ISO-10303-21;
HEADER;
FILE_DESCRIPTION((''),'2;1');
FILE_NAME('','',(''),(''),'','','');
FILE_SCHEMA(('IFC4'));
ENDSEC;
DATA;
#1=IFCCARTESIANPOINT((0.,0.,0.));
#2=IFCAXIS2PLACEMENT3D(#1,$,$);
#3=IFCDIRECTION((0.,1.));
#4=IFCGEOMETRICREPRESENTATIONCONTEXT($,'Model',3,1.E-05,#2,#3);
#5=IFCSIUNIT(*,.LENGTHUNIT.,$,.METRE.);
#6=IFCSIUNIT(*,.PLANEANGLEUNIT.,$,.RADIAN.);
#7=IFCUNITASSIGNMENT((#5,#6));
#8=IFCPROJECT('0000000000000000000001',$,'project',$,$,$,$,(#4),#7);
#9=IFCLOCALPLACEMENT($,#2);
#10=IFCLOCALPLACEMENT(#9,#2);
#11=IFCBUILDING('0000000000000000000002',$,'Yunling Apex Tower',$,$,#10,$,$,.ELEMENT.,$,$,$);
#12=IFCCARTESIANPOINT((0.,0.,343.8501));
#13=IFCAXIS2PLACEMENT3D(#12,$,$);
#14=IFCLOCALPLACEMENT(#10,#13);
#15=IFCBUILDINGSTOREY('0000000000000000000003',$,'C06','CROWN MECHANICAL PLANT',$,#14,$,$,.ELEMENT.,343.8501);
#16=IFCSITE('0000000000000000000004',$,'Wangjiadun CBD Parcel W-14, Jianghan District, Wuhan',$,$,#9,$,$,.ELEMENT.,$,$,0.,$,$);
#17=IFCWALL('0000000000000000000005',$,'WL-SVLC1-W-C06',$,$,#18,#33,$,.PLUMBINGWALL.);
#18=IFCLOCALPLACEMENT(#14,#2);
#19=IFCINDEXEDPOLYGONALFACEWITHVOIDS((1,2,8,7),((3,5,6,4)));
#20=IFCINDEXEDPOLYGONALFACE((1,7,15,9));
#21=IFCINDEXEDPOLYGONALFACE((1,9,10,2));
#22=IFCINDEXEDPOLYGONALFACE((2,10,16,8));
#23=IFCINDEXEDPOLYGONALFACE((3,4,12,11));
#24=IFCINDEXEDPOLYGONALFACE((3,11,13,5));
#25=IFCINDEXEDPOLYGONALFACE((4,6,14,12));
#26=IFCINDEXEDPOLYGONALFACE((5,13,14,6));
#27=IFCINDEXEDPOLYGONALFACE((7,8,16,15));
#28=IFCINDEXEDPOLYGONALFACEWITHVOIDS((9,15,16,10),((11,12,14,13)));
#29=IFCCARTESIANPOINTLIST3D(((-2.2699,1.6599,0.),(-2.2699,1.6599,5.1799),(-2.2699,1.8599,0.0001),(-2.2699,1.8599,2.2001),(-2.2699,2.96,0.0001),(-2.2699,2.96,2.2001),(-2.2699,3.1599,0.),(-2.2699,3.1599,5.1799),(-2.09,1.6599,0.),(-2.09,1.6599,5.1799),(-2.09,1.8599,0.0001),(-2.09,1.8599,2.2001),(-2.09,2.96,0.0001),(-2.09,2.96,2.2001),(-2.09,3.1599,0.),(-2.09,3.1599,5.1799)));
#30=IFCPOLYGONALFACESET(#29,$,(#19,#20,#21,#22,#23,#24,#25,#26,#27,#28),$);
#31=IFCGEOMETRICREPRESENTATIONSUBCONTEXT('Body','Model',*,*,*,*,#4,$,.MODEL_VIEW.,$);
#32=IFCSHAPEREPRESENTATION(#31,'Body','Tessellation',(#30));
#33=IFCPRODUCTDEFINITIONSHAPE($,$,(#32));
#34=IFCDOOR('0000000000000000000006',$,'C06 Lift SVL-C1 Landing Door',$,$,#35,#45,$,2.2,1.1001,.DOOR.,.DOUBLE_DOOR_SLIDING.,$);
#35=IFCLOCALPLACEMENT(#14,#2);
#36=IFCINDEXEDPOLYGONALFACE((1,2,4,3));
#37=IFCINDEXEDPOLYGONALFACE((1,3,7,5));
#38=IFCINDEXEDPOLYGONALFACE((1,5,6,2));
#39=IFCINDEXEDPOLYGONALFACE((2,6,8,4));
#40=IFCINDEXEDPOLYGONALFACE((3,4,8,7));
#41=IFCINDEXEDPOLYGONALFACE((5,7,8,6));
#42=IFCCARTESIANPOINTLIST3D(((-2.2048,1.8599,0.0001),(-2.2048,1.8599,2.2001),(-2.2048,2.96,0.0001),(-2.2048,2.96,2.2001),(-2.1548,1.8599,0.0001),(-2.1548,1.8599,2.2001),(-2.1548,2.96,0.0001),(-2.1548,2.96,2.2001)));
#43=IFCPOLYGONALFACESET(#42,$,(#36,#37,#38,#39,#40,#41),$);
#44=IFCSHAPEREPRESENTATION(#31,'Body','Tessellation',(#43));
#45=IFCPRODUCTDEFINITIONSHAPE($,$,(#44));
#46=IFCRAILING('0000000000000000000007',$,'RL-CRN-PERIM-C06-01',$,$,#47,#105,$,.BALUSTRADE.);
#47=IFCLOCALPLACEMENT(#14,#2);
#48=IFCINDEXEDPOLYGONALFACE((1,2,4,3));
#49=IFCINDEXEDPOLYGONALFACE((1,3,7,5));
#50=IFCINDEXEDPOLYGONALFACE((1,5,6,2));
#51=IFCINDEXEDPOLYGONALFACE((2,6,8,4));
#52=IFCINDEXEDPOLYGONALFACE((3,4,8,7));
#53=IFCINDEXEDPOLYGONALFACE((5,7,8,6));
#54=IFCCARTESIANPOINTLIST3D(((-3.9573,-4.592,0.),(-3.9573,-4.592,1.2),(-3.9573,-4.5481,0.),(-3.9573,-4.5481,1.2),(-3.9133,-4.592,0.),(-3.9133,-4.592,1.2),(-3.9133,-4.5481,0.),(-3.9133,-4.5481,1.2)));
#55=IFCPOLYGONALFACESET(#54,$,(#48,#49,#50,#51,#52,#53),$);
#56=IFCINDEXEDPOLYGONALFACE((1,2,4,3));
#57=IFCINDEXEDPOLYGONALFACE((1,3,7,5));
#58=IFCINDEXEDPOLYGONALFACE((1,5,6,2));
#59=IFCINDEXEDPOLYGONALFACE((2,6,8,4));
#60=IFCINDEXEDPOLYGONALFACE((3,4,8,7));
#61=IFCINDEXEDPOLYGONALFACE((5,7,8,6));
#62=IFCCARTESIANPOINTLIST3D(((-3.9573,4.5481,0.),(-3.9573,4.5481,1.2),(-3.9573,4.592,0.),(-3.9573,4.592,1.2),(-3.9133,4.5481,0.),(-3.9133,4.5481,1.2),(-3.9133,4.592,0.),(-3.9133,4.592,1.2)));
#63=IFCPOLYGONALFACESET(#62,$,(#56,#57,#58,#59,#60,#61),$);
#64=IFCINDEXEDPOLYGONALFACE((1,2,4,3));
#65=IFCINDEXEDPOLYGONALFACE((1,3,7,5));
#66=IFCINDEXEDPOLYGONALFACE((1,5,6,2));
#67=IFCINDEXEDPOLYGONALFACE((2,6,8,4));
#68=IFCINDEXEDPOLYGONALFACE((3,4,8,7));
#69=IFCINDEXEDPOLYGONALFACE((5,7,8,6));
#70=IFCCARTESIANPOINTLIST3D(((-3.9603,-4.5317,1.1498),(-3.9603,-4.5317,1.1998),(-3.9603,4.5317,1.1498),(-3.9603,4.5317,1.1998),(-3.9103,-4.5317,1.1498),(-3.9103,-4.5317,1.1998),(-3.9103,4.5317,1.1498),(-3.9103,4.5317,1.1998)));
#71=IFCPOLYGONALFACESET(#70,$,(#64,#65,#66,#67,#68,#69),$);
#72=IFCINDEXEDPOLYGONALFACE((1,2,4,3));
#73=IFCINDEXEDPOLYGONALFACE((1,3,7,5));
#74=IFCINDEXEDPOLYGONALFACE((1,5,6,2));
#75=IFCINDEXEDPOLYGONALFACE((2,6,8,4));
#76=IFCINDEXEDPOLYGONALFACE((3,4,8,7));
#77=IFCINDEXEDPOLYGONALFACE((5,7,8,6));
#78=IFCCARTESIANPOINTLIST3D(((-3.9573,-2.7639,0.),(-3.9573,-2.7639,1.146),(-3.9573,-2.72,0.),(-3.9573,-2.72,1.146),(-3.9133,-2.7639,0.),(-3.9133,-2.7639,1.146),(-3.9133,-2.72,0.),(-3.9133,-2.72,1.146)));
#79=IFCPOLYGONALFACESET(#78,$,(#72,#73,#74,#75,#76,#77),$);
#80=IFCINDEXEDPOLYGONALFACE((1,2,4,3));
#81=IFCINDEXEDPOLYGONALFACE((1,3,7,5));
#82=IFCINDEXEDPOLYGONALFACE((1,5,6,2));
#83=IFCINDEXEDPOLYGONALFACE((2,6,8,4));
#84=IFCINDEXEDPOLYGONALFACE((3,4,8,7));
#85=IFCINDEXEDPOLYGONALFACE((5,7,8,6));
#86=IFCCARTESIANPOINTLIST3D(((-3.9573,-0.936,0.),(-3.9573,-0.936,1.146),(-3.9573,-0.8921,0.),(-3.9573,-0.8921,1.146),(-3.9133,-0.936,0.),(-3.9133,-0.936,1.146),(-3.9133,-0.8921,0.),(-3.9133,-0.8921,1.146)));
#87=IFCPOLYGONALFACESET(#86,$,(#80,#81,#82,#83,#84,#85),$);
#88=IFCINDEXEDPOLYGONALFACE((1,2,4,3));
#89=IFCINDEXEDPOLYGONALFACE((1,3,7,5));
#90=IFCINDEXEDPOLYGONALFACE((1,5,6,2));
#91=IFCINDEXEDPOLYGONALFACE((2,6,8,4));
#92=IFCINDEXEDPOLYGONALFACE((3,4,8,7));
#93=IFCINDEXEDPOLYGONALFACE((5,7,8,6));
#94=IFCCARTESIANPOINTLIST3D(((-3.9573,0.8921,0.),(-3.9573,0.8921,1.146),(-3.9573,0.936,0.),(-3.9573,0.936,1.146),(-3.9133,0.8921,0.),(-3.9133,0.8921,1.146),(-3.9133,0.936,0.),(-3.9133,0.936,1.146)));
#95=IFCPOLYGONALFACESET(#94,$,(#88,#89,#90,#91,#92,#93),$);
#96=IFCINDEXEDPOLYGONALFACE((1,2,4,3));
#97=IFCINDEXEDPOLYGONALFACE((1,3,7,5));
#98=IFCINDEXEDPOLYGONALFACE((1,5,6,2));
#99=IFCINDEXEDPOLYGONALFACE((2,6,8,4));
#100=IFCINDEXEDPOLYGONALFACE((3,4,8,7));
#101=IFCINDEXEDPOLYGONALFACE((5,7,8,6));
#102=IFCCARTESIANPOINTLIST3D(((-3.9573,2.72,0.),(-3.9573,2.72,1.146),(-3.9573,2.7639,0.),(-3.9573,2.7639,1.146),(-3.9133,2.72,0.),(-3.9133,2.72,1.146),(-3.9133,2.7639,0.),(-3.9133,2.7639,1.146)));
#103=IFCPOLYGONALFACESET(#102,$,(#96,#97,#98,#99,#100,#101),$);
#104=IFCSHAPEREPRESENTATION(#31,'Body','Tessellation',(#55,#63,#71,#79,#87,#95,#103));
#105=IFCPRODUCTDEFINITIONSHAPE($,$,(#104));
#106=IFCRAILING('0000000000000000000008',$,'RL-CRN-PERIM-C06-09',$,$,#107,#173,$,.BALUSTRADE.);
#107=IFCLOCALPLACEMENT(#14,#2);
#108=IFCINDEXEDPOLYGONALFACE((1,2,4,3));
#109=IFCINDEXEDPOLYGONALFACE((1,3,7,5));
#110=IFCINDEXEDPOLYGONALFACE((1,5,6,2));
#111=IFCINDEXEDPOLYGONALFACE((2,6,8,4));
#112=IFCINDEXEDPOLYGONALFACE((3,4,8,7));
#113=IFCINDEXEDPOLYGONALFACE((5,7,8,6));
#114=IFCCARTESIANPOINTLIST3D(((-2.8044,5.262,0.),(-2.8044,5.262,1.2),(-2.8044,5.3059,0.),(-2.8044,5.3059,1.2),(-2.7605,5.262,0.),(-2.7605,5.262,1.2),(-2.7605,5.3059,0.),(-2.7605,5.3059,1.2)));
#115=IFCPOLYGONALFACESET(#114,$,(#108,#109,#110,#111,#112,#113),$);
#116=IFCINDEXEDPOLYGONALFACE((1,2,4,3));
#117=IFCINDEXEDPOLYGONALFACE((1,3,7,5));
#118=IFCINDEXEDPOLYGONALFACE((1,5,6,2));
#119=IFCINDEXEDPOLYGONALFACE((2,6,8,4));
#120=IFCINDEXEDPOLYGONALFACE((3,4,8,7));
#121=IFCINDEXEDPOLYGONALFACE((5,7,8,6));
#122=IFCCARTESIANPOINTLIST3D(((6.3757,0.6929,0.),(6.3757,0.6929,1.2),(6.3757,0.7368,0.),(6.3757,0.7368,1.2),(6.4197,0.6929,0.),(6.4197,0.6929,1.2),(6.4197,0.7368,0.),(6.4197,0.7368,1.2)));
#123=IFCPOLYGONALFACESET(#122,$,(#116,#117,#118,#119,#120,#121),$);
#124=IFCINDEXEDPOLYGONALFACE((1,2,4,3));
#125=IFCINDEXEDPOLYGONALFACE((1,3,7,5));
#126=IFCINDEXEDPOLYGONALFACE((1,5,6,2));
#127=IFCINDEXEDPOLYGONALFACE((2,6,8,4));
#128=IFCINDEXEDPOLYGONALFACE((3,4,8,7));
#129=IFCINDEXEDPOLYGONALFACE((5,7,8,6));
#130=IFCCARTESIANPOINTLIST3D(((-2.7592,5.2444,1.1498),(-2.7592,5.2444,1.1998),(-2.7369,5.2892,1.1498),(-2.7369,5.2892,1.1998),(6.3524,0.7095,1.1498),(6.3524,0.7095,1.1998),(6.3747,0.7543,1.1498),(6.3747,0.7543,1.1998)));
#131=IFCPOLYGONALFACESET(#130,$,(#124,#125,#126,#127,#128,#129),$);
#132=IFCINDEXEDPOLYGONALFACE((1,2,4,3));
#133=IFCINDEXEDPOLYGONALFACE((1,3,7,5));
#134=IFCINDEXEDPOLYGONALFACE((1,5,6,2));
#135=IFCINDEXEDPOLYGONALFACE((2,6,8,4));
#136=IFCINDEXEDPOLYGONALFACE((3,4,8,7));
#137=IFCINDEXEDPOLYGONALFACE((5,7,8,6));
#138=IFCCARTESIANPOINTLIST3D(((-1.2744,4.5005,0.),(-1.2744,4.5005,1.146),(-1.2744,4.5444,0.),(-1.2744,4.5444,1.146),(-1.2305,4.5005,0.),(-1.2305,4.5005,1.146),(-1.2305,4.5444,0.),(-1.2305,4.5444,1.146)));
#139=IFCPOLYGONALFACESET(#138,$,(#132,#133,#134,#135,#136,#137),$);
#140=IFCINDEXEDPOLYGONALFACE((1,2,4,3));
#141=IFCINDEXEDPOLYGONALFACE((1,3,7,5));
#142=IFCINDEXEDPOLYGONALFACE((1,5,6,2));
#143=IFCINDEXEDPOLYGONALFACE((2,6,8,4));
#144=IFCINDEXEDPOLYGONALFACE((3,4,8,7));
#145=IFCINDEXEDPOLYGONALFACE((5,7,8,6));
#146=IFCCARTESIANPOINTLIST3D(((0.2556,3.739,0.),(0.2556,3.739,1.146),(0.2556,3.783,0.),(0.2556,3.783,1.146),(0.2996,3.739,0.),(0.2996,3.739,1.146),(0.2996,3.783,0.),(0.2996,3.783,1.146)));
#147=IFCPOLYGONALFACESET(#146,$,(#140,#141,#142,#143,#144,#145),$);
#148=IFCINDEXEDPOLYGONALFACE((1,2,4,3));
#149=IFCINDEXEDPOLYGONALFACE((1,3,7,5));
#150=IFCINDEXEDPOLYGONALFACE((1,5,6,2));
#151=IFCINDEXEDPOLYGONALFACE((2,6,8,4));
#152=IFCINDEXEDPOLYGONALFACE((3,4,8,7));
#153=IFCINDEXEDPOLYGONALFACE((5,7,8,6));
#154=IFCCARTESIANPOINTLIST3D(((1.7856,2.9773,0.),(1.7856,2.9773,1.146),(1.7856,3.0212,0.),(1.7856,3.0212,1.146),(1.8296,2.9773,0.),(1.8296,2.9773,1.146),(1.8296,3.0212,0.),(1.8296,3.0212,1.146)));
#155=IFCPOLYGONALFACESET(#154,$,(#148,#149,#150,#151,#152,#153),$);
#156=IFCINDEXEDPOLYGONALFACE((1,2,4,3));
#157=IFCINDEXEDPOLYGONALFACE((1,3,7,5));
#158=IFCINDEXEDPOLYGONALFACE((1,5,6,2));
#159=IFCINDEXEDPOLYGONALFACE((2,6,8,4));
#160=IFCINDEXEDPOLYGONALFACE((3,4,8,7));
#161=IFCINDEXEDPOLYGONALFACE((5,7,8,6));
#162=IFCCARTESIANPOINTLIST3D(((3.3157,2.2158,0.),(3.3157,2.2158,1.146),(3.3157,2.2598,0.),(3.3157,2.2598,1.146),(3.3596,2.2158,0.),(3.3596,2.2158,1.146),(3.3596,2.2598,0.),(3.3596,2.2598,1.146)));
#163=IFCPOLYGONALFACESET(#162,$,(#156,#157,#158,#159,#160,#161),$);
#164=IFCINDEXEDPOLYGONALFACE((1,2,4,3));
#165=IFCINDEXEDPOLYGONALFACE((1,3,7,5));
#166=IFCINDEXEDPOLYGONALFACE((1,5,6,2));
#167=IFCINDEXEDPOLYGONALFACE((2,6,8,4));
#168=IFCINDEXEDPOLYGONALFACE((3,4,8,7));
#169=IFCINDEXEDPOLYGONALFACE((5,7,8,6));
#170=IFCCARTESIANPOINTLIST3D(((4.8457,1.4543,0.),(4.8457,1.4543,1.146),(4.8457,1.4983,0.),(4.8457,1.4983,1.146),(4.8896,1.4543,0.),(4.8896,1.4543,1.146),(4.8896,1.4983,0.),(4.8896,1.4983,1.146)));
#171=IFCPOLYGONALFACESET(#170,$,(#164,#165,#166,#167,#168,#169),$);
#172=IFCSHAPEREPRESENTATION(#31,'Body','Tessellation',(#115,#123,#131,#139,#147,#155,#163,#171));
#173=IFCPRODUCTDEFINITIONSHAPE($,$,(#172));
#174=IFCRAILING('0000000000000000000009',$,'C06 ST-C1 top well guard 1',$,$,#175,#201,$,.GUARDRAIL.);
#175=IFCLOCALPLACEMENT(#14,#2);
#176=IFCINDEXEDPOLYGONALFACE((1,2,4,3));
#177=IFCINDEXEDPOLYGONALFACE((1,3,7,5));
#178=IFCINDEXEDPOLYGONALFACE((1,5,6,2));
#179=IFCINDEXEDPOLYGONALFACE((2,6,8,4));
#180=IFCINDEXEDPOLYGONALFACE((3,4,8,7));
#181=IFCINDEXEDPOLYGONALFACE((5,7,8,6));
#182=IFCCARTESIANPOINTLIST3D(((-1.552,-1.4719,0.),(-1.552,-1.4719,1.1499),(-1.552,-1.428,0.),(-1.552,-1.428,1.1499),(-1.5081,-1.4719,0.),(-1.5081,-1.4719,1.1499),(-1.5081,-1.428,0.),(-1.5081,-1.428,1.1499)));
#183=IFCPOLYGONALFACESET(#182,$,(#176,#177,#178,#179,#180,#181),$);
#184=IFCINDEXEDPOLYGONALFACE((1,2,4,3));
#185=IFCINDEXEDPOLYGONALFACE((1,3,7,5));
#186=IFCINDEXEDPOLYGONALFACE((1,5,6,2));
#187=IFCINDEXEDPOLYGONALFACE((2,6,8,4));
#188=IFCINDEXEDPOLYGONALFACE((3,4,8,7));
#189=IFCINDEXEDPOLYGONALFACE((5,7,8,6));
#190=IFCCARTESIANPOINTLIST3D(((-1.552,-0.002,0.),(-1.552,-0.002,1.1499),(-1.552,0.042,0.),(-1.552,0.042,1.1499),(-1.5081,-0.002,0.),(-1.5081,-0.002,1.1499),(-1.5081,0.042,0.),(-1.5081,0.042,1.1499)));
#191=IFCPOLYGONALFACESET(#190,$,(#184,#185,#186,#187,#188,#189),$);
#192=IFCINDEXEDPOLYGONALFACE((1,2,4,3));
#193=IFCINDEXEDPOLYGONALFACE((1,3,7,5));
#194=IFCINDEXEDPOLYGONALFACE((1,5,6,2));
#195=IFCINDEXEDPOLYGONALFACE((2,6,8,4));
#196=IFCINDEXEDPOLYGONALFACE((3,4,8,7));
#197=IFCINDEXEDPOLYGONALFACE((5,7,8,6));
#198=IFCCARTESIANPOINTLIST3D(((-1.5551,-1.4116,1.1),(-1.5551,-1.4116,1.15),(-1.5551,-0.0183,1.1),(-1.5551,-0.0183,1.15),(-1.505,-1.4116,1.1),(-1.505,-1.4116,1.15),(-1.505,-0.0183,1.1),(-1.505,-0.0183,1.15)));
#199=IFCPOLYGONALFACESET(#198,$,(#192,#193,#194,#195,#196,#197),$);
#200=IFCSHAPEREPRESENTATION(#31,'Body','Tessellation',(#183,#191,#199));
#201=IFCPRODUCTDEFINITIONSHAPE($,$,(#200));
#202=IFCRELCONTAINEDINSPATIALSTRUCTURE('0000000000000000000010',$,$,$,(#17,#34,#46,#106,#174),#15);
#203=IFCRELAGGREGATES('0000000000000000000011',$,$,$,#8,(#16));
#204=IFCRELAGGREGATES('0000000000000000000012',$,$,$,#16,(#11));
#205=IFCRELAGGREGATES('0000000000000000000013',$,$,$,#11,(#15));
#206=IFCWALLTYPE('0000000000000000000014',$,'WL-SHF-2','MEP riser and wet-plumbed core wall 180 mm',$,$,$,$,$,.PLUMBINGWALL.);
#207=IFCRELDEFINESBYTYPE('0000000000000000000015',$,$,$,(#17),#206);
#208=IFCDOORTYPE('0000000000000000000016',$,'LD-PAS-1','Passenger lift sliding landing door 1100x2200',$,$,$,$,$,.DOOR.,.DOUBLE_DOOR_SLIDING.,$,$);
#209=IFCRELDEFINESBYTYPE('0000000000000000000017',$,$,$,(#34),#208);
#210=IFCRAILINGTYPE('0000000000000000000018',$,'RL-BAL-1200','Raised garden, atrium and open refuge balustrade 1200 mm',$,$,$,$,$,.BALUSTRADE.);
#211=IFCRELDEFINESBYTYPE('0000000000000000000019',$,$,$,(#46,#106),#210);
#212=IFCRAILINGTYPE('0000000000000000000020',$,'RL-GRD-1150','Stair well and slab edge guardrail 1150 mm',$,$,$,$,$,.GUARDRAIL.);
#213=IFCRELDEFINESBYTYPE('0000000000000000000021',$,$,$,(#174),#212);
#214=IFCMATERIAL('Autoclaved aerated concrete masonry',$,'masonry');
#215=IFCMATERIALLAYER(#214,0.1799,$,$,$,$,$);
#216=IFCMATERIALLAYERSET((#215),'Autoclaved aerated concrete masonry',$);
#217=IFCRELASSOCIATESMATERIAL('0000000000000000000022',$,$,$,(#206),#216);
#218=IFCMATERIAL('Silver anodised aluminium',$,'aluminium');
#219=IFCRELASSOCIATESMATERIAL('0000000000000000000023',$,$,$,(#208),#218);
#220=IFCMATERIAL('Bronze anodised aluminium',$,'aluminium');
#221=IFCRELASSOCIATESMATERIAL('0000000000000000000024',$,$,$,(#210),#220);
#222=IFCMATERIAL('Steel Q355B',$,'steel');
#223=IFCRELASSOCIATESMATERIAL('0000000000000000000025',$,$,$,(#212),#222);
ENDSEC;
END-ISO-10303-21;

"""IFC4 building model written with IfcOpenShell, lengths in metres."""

from ifc_helpers import new_model, si_unit, direction, frame, frame_2d, origin, origin_2d, place, context, subcontext, project, spatial, rectangle, extrude, material, layer, layer_set, type_object, element, fill, save


model = new_model("IFC4")

# Units and contexts
model_context = context("Model", 3, precision=1e-05, world=origin(), true_north=direction((0.0, 1.0)))
body_context = subcontext(model_context, "Body", "Model", "MODEL_VIEW")
ifc_project = project(units=[si_unit("LENGTHUNIT", "METRE"), si_unit("PLANEANGLEUNIT", "RADIAN")], contexts=[model_context])

# Site, building, storey
site_placement = place(None, origin())
site = spatial("IfcSite", under=ifc_project, at=site_placement, Name="Wangjiadun CBD Parcel W-14, Jianghan District, Wuhan", CompositionType="ELEMENT", RefElevation=0.0)
building_placement = place(site_placement, origin())
building = spatial("IfcBuilding", under=site, at=building_placement, Name="Yunling Apex Tower", CompositionType="ELEMENT")
storey_placement = place(building_placement, frame((0.0, 0.0, 343.8501)))
storey = spatial("IfcBuildingStorey", under=building, at=storey_placement, Name="C06", Description="CROWN MECHANICAL PLANT", CompositionType="ELEMENT", Elevation=343.8501)

# Shared definitions
ifc_material_1 = material(Name="Steel Q355B", Category="steel")

# Shared definitions
ifc_material_2 = material(Name="Bronze anodised aluminium", Category="aluminium")

# Shared definitions
ifc_material_3 = material(Name="Autoclaved aerated concrete masonry", Category="masonry")

# Shared definitions
ifc_layer_1 = layer(ifc_material_3, 0.1799)
ifc_layer_set_1 = layer_set([ifc_layer_1], Name="Autoclaved aerated concrete masonry")
wall_type_1 = type_object("IfcWallType", Name="WL-SHF-2", Description="MEP riser and wet-plumbed core wall 180 mm", PredefinedType="PLUMBINGWALL", material=ifc_layer_set_1)

# Wall, opening, door
wall_1_placement = place(storey_placement, frame((-2.1799, 1.6599, 0.0), z_axis=(0.0, 0.0, 1.0), x_axis=(0.0, 1.0, 0.0)))
wall_1 = element("IfcWall", 1, at=wall_1_placement, inside=storey, type_object=wall_type_1, Name="WL-SVLC1-W-C06", PredefinedType="PLUMBINGWALL", context=body_context, shape_type="SweptSolid", body=[
    extrude(rectangle(XDim=1.5, YDim=0.1799, at=frame_2d((0.75, 0.0))), origin(), (0.0, 0.0, 1.0), 5.1799),
])
opening_1_placement = place(wall_1_placement, frame((0.2, 0.0, 0.0)))
opening_1 = element("IfcOpeningElement", 2, at=opening_1_placement, cuts=wall_1, PredefinedType="OPENING", context=body_context, shape_type="SweptSolid", body=[
    extrude(rectangle(XDim=1.1001, YDim=2.2, at=frame_2d((0.55, 1.1001))), frame((0.0, 0.1001, 0.0), z_axis=(0.0, -1.0, 0.0), x_axis=(1.0, 0.0, 0.0)), (0.0, 0.0, 1.0), 0.2),
])
ifc_material_4 = material(Name="Silver anodised aluminium", Category="aluminium")
door_type_1 = type_object("IfcDoorType", Name="LD-PAS-1", Description="Passenger lift sliding landing door 1100x2200", OperationType="DOUBLE_DOOR_SLIDING", PredefinedType="DOOR", material=ifc_material_4)
door_1_placement = place(opening_1_placement, origin())
door_1 = element("IfcDoor", 3, at=door_1_placement, inside=storey, type_object=door_type_1, Name="C06 Lift SVL-C1 Landing Door", OperationType="DOUBLE_DOOR_SLIDING", OverallHeight=2.2, OverallWidth=1.1001, PredefinedType="DOOR", context=body_context, shape_type="SweptSolid", body=[
    extrude(rectangle(XDim=1.1001, YDim=2.2, at=frame_2d((0.55, 1.1001))), frame((0.0, 0.0249, 0.0), z_axis=(0.0, -1.0, 0.0), x_axis=(1.0, 0.0, 0.0)), (0.0, 0.0, 1.0), 0.05),
])
fill(opening_1, door_1)

# Railings
railing_type_1 = type_object("IfcRailingType", Name="RL-BAL-1200", Description="Raised garden, atrium and open refuge balustrade 1200 mm", PredefinedType="BALUSTRADE", material=ifc_material_2)
railing_1_placement = place(storey_placement, frame((-3.9353, -4.5701, 0.0)))
element("IfcRailing", 4, at=railing_1_placement, inside=storey, type_object=railing_type_1, Name="RL-CRN-PERIM-C06-01", PredefinedType="BALUSTRADE", context=body_context, shape_type="SweptSolid", body=[
    extrude(rectangle(XDim=0.0439, YDim=0.0439, at=origin_2d()), origin(), (0.0, 0.0, 1.0), 1.2),
    extrude(rectangle(XDim=0.0439, YDim=0.0439, at=origin_2d()), frame((0.0, 9.1401, 0.0)), (0.0, 0.0, 1.0), 1.2),
    extrude(rectangle(XDim=0.05, YDim=0.05, at=origin_2d()), frame((0.0, 0.0383, 1.1748), z_axis=(0.0, 1.0, 0.0), x_axis=(-1.0, 0.0, 0.0)), (0.0, 0.0, 1.0), 9.0635),
    extrude(rectangle(XDim=0.0439, YDim=0.0439, at=origin_2d()), frame((0.0, 1.8281, 0.0)), (0.0, 0.0, 1.0), 1.146),
    extrude(rectangle(XDim=0.0439, YDim=0.0439, at=origin_2d()), frame((0.0, 3.656, 0.0)), (0.0, 0.0, 1.0), 1.146),
    extrude(rectangle(XDim=0.0439, YDim=0.0439, at=origin_2d()), frame((0.0, 5.4841, 0.0)), (0.0, 0.0, 1.0), 1.146),
    extrude(rectangle(XDim=0.0439, YDim=0.0439, at=origin_2d()), frame((0.0, 7.312, 0.0)), (0.0, 0.0, 1.0), 1.146),
])
railing_2_placement = place(storey_placement, frame((-2.7825, 5.2839, 0.0)))
element("IfcRailing", 5, at=railing_2_placement, inside=storey, type_object=railing_type_1, Name="RL-CRN-PERIM-C06-09", PredefinedType="BALUSTRADE", context=body_context, shape_type="SweptSolid", body=[
    extrude(rectangle(XDim=0.0439, YDim=0.0439, at=origin_2d()), origin(), (0.0, 0.0, 1.0), 1.2),
    extrude(rectangle(XDim=0.0439, YDim=0.0439, at=origin_2d()), frame((9.1802, -4.5691, 0.0)), (0.0, 0.0, 1.0), 1.2),
    extrude(rectangle(XDim=0.05, YDim=0.05, at=origin_2d()), frame((0.0344, -0.0171, 1.1748), z_axis=(0.895245, -0.445575, 0.0), x_axis=(0.445575, 0.895245, 0.0)), (0.0, 0.0, 1.0), 10.1777),
    extrude(rectangle(XDim=0.0439, YDim=0.0439, at=origin_2d()), frame((1.53, -0.7615, 0.0)), (0.0, 0.0, 1.0), 1.146),
    extrude(rectangle(XDim=0.0439, YDim=0.0439, at=origin_2d()), frame((3.0601, -1.5229, 0.0)), (0.0, 0.0, 1.0), 1.146),
    extrude(rectangle(XDim=0.0439, YDim=0.0439, at=origin_2d()), frame((4.5901, -2.2847, 0.0)), (0.0, 0.0, 1.0), 1.146),
    extrude(rectangle(XDim=0.0439, YDim=0.0439, at=origin_2d()), frame((6.1201, -3.0461, 0.0)), (0.0, 0.0, 1.0), 1.146),
    extrude(rectangle(XDim=0.0439, YDim=0.0439, at=origin_2d()), frame((7.6501, -3.8076, 0.0)), (0.0, 0.0, 1.0), 1.146),
])
railing_type_2 = type_object("IfcRailingType", Name="RL-GRD-1150", Description="Stair well and slab edge guardrail 1150 mm", PredefinedType="GUARDRAIL", material=ifc_material_1)
railing_3_placement = place(storey_placement, frame((-1.53, -1.45, 0.0)))
element("IfcRailing", 6, at=railing_3_placement, inside=storey, type_object=railing_type_2, Name="C06 ST-C1 top well guard 1", PredefinedType="GUARDRAIL", context=body_context, shape_type="SweptSolid", body=[
    extrude(rectangle(XDim=0.0439, YDim=0.0439, at=origin_2d()), origin(), (0.0, 0.0, 1.0), 1.1499),
    extrude(rectangle(XDim=0.0439, YDim=0.0439, at=origin_2d()), frame((0.0, 1.47, 0.0)), (0.0, 0.0, 1.0), 1.1499),
    extrude(rectangle(XDim=0.05, YDim=0.05, at=origin_2d()), frame((0.0, 0.0383, 1.125), z_axis=(0.0, 1.0, 0.0), x_axis=(-1.0, 0.0, 0.0)), (0.0, 0.0, 1.0), 1.3933),
])

save(model, "model.ifc")
